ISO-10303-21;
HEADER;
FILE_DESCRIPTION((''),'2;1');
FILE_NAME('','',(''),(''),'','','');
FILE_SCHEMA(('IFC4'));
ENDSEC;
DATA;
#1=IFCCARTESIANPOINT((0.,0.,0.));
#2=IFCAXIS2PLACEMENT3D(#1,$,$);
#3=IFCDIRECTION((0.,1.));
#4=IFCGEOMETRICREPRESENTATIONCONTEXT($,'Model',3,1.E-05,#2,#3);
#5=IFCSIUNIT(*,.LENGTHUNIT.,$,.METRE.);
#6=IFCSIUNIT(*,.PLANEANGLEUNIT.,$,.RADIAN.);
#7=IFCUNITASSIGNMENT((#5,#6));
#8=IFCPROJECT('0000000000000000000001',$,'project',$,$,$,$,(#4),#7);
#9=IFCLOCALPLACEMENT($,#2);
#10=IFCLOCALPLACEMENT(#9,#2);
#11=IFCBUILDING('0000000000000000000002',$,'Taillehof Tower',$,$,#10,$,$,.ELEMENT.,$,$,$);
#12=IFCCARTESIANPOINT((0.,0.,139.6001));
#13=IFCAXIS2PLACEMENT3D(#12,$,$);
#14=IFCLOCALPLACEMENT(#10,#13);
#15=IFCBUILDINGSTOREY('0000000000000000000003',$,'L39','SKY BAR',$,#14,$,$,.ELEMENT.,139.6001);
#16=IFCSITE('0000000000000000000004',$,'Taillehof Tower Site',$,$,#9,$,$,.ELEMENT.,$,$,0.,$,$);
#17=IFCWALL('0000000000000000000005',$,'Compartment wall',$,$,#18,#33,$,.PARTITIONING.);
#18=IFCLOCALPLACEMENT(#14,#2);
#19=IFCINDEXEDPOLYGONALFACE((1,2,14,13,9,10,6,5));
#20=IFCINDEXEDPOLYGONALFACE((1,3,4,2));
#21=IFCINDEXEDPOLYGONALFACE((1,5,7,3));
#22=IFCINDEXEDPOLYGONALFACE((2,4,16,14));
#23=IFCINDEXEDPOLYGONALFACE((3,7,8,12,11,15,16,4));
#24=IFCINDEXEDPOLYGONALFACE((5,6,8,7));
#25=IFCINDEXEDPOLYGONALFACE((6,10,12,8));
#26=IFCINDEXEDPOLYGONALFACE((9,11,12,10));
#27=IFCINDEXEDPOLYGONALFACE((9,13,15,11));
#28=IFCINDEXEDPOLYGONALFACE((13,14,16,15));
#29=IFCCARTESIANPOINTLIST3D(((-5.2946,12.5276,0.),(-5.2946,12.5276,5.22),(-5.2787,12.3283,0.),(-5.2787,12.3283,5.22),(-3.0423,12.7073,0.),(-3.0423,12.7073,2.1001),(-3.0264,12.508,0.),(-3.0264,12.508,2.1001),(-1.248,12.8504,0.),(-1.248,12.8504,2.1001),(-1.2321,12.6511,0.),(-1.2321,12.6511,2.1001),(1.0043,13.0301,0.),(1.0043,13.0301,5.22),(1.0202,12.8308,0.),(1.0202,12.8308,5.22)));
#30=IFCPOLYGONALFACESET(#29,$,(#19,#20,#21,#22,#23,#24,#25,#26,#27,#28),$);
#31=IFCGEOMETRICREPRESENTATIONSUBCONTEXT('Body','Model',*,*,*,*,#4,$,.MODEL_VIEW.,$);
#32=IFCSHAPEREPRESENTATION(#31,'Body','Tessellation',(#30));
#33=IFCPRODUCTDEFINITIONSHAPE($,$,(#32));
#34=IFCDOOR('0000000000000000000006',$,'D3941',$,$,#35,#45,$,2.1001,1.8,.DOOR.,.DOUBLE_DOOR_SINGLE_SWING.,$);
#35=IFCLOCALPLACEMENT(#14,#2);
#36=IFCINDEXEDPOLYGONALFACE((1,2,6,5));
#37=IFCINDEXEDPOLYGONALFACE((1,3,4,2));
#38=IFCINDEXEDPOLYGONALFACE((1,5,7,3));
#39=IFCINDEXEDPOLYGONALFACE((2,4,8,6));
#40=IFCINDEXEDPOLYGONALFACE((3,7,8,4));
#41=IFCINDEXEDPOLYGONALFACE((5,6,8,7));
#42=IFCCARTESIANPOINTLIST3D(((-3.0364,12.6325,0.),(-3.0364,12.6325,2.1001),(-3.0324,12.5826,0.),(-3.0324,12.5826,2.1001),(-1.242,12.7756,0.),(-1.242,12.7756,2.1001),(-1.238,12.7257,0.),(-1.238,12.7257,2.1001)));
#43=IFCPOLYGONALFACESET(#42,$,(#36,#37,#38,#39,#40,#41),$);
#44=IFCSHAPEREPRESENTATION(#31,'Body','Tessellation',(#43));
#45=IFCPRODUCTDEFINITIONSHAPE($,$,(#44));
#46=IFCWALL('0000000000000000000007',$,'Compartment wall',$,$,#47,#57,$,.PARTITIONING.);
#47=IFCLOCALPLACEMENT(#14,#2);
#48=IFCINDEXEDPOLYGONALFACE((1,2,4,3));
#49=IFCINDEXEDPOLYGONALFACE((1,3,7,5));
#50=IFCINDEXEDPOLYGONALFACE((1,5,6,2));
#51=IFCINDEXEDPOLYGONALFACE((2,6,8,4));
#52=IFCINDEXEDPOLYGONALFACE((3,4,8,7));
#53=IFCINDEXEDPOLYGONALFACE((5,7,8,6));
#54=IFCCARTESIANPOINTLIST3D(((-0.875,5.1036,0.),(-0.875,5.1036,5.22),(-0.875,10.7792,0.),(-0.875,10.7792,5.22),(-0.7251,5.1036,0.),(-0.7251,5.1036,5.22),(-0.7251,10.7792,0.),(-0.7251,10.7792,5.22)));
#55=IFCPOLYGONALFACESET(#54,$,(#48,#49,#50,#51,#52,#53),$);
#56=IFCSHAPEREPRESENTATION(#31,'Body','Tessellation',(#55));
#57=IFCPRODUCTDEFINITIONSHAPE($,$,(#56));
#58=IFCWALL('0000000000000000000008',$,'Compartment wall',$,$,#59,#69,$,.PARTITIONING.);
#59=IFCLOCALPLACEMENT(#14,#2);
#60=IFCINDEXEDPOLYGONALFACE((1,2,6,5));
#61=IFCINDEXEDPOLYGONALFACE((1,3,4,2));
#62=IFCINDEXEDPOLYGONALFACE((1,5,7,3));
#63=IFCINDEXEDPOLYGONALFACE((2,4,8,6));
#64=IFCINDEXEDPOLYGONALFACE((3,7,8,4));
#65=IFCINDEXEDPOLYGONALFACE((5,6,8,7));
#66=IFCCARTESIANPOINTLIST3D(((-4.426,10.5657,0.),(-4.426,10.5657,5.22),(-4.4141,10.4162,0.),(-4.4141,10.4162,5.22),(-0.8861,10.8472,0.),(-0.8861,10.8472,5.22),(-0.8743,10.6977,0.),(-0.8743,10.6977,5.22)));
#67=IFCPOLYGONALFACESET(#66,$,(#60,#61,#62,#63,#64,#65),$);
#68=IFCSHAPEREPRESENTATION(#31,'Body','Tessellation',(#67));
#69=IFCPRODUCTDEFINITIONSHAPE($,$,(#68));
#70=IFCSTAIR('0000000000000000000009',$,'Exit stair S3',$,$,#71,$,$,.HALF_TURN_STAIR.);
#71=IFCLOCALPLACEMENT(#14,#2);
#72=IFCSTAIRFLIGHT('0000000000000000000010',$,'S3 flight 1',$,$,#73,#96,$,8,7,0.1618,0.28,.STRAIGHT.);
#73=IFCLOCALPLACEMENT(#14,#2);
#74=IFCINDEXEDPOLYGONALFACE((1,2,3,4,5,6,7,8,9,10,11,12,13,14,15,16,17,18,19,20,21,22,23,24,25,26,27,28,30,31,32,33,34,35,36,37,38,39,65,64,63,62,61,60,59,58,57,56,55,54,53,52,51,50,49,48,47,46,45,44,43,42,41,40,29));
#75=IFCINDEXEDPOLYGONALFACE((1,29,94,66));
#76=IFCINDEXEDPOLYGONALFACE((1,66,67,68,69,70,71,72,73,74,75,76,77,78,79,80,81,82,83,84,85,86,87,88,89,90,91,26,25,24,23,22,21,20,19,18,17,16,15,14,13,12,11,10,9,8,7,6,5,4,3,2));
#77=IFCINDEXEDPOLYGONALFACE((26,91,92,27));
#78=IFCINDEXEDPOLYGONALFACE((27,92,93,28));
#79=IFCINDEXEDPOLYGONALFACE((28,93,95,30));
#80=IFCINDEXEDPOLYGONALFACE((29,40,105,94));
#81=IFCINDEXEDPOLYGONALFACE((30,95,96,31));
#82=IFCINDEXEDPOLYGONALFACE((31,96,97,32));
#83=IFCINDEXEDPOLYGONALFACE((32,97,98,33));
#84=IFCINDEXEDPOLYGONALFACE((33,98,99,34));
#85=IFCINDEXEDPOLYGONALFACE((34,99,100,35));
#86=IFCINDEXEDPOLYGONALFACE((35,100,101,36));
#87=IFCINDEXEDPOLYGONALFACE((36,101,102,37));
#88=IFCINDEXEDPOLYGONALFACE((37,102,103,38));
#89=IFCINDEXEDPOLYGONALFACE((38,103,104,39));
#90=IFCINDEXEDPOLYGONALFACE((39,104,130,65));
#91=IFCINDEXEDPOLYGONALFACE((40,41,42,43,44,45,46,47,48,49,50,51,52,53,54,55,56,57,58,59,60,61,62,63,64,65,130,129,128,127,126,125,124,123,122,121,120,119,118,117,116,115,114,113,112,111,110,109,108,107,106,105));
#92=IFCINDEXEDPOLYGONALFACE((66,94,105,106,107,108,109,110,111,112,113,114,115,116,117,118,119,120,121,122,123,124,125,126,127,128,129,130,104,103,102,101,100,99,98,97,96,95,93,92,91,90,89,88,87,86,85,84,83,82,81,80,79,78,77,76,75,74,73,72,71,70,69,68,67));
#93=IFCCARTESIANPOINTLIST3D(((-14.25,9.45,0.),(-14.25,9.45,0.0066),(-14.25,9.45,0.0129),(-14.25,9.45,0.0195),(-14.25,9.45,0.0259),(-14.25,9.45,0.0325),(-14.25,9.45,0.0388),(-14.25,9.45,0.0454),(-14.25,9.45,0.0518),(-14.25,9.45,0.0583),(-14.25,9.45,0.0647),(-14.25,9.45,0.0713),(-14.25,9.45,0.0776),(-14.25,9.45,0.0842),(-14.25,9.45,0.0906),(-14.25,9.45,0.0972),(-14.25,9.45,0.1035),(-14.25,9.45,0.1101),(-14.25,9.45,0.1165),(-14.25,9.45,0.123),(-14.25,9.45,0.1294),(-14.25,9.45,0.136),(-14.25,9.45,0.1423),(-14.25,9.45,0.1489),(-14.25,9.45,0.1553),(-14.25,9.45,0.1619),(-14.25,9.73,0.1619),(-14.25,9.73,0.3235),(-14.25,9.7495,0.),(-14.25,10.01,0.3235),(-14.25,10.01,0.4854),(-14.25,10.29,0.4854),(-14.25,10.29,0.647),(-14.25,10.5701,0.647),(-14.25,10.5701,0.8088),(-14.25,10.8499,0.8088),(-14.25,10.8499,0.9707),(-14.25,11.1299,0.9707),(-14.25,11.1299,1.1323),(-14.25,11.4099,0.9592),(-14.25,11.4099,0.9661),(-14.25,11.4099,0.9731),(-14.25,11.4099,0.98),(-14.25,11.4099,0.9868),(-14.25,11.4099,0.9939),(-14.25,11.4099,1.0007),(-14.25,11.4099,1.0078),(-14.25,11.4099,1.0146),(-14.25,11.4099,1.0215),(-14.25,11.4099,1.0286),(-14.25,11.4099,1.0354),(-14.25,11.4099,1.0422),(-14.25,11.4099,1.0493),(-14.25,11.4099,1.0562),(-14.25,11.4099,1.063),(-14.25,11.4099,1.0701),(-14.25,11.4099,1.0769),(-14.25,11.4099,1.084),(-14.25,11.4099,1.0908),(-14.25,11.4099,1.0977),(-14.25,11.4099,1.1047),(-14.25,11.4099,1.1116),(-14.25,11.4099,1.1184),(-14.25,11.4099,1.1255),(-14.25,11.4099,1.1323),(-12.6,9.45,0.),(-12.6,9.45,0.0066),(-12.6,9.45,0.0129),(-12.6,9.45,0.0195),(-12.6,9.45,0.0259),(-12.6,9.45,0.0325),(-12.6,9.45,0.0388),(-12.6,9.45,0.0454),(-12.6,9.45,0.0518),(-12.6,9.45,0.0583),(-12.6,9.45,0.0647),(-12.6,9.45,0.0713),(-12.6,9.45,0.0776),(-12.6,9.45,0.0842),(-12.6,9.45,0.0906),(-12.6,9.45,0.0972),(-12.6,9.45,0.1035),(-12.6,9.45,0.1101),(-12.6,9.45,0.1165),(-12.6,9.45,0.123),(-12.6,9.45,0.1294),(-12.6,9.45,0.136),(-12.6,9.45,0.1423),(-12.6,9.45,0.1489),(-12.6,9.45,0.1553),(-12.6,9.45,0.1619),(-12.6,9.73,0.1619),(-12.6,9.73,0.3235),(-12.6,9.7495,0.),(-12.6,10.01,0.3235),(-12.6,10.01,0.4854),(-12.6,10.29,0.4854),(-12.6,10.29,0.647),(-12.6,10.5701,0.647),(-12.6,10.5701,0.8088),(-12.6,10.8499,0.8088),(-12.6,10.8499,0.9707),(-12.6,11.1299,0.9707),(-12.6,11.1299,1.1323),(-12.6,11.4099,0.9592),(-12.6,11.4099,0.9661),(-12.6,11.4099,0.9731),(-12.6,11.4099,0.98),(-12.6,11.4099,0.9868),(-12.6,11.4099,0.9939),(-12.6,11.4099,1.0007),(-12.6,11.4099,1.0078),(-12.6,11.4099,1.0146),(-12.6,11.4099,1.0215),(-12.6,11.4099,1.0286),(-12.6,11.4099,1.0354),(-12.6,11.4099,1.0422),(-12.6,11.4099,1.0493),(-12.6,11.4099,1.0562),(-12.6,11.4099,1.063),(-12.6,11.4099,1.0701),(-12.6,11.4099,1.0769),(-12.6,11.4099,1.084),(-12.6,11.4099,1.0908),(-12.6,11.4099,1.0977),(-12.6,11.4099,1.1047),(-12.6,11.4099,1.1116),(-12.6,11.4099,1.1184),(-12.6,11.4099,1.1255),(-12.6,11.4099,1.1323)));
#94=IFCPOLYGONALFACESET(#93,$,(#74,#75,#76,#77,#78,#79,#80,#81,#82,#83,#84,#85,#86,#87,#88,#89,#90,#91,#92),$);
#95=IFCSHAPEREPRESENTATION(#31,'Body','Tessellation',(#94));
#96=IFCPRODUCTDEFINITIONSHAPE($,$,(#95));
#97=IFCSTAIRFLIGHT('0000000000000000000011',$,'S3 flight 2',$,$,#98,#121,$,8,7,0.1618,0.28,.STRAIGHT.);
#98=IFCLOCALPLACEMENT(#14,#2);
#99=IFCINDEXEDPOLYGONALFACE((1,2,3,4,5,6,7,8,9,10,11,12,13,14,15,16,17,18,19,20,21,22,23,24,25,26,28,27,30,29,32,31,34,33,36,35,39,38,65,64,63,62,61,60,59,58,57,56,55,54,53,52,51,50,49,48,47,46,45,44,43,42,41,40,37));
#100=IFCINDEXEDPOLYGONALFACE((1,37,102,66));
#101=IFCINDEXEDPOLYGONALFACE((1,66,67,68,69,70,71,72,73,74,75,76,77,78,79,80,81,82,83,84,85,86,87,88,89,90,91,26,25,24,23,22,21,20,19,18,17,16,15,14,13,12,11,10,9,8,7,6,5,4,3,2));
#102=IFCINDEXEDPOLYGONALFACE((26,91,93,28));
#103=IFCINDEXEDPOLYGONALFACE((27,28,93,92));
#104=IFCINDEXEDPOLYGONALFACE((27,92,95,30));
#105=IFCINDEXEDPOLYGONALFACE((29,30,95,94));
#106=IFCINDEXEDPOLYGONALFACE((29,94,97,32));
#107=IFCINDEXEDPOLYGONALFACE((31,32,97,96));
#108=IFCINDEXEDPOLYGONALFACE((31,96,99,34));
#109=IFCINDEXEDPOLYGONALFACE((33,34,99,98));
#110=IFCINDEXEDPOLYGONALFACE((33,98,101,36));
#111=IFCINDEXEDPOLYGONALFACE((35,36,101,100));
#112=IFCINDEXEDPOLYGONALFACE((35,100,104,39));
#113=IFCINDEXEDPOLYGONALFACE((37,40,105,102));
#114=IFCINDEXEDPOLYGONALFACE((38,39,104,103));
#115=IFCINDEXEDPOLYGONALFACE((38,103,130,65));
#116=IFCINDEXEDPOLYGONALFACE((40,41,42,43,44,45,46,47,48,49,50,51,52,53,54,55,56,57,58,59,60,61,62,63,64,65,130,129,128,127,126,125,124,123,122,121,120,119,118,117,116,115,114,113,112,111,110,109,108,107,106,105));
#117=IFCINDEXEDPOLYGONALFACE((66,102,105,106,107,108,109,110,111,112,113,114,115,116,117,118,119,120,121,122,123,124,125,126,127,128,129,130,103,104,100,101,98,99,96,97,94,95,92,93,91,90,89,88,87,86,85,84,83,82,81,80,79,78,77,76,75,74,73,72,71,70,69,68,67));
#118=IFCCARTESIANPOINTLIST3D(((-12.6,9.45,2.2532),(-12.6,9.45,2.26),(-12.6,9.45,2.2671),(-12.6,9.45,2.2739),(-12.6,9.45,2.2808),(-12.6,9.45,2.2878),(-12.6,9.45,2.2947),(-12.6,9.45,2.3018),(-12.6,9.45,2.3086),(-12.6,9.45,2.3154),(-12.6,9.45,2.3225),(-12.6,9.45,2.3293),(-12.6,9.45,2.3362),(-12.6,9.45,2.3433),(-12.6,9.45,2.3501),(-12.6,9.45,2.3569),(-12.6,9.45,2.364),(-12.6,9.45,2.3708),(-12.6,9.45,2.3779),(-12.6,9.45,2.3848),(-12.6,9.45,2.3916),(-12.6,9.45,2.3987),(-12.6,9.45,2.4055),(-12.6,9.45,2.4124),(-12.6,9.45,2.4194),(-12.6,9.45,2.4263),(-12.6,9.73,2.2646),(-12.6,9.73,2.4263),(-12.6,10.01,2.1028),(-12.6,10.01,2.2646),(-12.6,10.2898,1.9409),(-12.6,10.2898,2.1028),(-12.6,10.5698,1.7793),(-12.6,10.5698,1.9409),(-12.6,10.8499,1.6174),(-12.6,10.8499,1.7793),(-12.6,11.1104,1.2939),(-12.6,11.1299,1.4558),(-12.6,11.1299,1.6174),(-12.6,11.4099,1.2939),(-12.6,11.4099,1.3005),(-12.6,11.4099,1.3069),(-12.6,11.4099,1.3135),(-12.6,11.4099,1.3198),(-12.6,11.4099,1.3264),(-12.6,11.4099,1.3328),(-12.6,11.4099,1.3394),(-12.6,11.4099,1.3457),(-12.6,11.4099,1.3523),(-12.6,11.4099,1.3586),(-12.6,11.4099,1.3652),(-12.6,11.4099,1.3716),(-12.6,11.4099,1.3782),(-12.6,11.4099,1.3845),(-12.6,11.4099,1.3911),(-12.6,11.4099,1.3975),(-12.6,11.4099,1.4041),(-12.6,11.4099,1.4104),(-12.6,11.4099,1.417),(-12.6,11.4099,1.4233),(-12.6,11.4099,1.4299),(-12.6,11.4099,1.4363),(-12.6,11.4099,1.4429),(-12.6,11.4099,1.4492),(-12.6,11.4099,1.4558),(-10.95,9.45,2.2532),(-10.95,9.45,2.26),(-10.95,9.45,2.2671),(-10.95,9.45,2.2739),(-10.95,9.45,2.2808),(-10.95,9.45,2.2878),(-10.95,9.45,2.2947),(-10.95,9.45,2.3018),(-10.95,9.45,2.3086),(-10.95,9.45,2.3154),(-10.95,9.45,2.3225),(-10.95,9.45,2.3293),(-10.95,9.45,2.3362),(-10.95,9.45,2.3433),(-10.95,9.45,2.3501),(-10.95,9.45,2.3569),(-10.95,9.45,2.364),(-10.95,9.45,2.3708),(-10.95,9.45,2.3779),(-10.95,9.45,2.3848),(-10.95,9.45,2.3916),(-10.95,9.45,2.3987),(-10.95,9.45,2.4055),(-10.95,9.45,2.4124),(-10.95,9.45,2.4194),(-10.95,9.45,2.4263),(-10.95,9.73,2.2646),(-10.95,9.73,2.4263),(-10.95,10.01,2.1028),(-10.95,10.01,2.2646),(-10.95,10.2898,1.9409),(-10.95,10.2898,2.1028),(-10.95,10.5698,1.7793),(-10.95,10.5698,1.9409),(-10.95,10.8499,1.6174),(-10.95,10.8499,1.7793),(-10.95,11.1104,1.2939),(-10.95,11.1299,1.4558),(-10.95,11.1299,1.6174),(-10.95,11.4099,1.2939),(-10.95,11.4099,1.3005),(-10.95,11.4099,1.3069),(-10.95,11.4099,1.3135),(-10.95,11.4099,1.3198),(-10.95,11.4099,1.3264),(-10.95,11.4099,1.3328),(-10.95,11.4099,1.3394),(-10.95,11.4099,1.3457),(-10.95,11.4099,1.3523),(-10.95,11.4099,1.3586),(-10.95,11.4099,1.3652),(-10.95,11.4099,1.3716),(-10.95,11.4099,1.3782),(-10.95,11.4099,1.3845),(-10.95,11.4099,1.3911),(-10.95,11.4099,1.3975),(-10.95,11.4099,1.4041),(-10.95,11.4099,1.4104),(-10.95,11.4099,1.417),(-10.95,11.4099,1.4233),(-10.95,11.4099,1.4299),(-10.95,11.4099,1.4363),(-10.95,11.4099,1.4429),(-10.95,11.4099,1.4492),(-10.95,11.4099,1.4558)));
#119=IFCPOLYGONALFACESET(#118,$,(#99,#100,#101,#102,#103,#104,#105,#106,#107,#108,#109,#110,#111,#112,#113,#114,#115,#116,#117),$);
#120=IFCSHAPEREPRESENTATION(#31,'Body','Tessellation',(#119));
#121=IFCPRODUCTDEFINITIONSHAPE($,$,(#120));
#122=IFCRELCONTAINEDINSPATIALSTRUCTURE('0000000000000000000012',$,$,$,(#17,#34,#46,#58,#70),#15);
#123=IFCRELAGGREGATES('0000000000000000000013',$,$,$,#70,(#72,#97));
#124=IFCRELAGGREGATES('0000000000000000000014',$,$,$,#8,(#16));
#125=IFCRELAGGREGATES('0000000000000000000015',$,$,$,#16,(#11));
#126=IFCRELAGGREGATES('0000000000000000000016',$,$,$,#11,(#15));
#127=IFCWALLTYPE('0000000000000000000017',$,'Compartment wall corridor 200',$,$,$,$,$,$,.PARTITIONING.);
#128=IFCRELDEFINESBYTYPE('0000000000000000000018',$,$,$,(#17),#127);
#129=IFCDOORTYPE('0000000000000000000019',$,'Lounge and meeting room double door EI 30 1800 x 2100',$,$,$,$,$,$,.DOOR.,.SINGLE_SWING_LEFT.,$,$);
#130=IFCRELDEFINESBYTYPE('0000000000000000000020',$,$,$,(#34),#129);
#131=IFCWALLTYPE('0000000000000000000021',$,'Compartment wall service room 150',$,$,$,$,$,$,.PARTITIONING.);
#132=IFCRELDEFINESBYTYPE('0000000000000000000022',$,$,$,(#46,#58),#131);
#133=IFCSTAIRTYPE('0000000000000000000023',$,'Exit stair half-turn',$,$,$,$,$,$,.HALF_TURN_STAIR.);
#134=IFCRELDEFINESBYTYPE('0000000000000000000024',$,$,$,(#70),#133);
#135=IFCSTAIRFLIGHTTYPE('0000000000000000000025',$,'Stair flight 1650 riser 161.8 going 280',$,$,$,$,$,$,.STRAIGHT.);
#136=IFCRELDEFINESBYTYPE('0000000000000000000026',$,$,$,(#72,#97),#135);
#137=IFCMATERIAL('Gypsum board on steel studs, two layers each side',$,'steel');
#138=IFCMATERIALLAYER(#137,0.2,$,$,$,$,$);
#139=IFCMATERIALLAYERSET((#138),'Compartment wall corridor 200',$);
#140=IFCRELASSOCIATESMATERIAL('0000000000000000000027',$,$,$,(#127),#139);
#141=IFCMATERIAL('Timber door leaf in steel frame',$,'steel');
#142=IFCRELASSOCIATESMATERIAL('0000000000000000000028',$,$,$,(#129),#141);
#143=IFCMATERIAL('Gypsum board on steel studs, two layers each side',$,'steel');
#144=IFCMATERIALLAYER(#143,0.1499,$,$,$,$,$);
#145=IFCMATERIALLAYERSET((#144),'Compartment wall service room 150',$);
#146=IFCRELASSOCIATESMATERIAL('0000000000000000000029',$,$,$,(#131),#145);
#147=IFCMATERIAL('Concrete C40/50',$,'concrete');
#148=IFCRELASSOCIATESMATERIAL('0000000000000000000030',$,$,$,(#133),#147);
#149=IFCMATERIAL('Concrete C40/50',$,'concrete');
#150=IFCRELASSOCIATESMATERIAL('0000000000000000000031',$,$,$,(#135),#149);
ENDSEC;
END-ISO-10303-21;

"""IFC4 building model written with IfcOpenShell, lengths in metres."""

from ifc_helpers import new_model, si_unit, direction, frame, frame_2d, origin, place, context, subcontext, project, spatial, polyline, rectangle, outline, extrude, material, layer, layer_set, type_object, element, fill, aggregate, save


model = new_model("IFC4")

# Units and contexts
model_context = context("Model", 3, precision=1e-05, world=origin(), true_north=direction((0.0, 1.0)))
body_context = subcontext(model_context, "Body", "Model", "MODEL_VIEW")
ifc_project = project(units=[si_unit("LENGTHUNIT", "METRE"), si_unit("PLANEANGLEUNIT", "RADIAN")], contexts=[model_context])

# Site, building, storey
site_placement = place(None, origin())
site = spatial("IfcSite", under=ifc_project, at=site_placement, Name="Taillehof Tower Site", CompositionType="ELEMENT", RefElevation=0.0)
building_placement = place(site_placement, origin())
building = spatial("IfcBuilding", under=site, at=building_placement, Name="Taillehof Tower", CompositionType="ELEMENT")
storey_placement = place(building_placement, frame((0.0, 0.0, 139.6001)))
storey = spatial("IfcBuildingStorey", under=building, at=storey_placement, Name="L39", Description="SKY BAR", CompositionType="ELEMENT", Elevation=139.6001)

# Shared definitions
ifc_material_1 = material(Name="Gypsum board on steel studs, two layers each side", Category="steel")
ifc_layer_1 = layer(ifc_material_1, 0.2)
ifc_layer_set_1 = layer_set([ifc_layer_1], Name="Compartment wall corridor 200")
wall_type_1 = type_object("IfcWallType", Name="Compartment wall corridor 200", PredefinedType="PARTITIONING", material=ifc_layer_set_1)

# Shared definitions
ifc_material_2 = material(Name="Timber door leaf in steel frame", Category="steel")
door_type = type_object("IfcDoorType", Name="Lounge and meeting room double door EI 30 1800 x 2100", OperationType="SINGLE_SWING_LEFT", PredefinedType="DOOR", material=ifc_material_2)

# Wall, opening, door
wall_1_placement = place(storey_placement, frame((-5.2866, 12.428, 0.0), z_axis=(0.0, 0.0, 1.0), x_axis=(0.996834, 0.079515, 0.0)))
wall_1 = element("IfcWall", 1, at=wall_1_placement, inside=storey, type_object=wall_type_1, Name="Compartment wall", PredefinedType="PARTITIONING", context=body_context, shape_type="SweptSolid", body=[
    extrude(rectangle(XDim=6.3188, YDim=0.2, at=frame_2d((3.1594, 0.0))), origin(), (0.0, 0.0, 1.0), 5.22),
])
opening_1_placement = place(wall_1_placement, frame((2.2595, 0.0, 0.0)))
opening_1 = element("IfcOpeningElement", 2, at=opening_1_placement, cuts=wall_1, PredefinedType="OPENING", context=body_context, shape_type="SweptSolid", body=[
    extrude(rectangle(XDim=1.8, YDim=2.1001, at=frame_2d((0.8999, 1.05))), frame((0.0, 0.1099, 0.0), z_axis=(0.0, -1.0, 0.0), x_axis=(1.0, 0.0, 0.0)), (0.0, 0.0, 1.0), 0.22),
])
door_1_placement = place(opening_1_placement, origin())
door_1 = element("IfcDoor", 3, at=door_1_placement, inside=storey, type_object=door_type, Name="D3941", OperationType="DOUBLE_DOOR_SINGLE_SWING", OverallHeight=2.1001, OverallWidth=1.8, PredefinedType="DOOR", context=body_context, shape_type="SweptSolid", body=[
    extrude(rectangle(XDim=1.8, YDim=2.1001, at=frame_2d((0.8999, 1.05))), frame((0.0, 0.0249, 0.0), z_axis=(0.0, -1.0, 0.0), x_axis=(1.0, 0.0, 0.0)), (0.0, 0.0, 1.0), 0.05),
])
fill(opening_1, door_1)

# Walls
ifc_material_3 = material(Name="Gypsum board on steel studs, two layers each side", Category="steel")
ifc_layer_2 = layer(ifc_material_3, 0.1499)
ifc_layer_set_2 = layer_set([ifc_layer_2], Name="Compartment wall service room 150")
wall_type_2 = type_object("IfcWallType", Name="Compartment wall service room 150", PredefinedType="PARTITIONING", material=ifc_layer_set_2)
wall_2_placement = place(storey_placement, frame((-0.8, 10.7793, 0.0), z_axis=(0.0, 0.0, 1.0), x_axis=(0.0, -1.0, 0.0)))
element("IfcWall", 4, at=wall_2_placement, inside=storey, type_object=wall_type_2, Name="Compartment wall", PredefinedType="PARTITIONING", context=body_context, shape_type="SweptSolid", body=[
    extrude(rectangle(XDim=5.6755, YDim=0.1499, at=frame_2d((2.8379, 0.0))), origin(), (0.0, 0.0, 1.0), 5.22),
])
wall_3_placement = place(storey_placement, frame((-4.4199, 10.491, 0.0), z_axis=(0.0, 0.0, 1.0), x_axis=(0.996853, 0.079272, 0.0)))
element("IfcWall", 5, at=wall_3_placement, inside=storey, type_object=wall_type_2, Name="Compartment wall", PredefinedType="PARTITIONING", context=body_context, shape_type="SweptSolid", body=[
    extrude(rectangle(XDim=3.551, YDim=0.1499, at=frame_2d((1.7754, 0.0))), origin(), (0.0, 0.0, 1.0), 5.22),
])

# Stair, stair flights
ifc_material_4 = material(Name="Concrete C40/50", Category="concrete")
stair_type = type_object("IfcStairType", Name="Exit stair half-turn", PredefinedType="HALF_TURN_STAIR", material=ifc_material_4)
stair_placement = place(storey_placement, origin())
stair = element("IfcStair", 6, at=stair_placement, inside=storey, type_object=stair_type, Name="Exit stair S3", PredefinedType="HALF_TURN_STAIR")
ifc_material_5 = material(Name="Concrete C40/50", Category="concrete")
stair_flight_type = type_object("IfcStairFlightType", Name="Stair flight 1650 riser 161.8 going 280", PredefinedType="STRAIGHT", material=ifc_material_5)
stair_flight_1_placement = place(storey_placement, frame((-13.425, 9.45, 0.0), z_axis=(0.0, 0.0, 1.0), x_axis=(0.0, 1.0, 0.0)))
stair_flight_1 = element("IfcStairFlight", 7, at=stair_flight_1_placement, type_object=stair_flight_type, Name="S3 flight 1", NumberOfRisers=8, NumberOfTreads=7, PredefinedType="STRAIGHT", RiserHeight=0.1618, TreadLength=0.28, context=body_context, shape_type="SweptSolid", body=[
    extrude(outline(polyline([(0.0, 0.0), (0.0, 0.0066), (0.0, 0.0129), (0.0, 0.0195), (0.0, 0.0259), (0.0, 0.0325), (0.0, 0.0388), (0.0, 0.0454), (0.0, 0.0518), (0.0, 0.0583), (0.0, 0.0647), (0.0, 0.0713), (0.0, 0.0776), (0.0, 0.0842), (0.0, 0.0906), (0.0, 0.0972), (0.0, 0.1035), (0.0, 0.1101), (0.0, 0.1165), (0.0, 0.123), (0.0, 0.1294), (0.0, 0.136), (0.0, 0.1423), (0.0, 0.1489), (0.0, 0.1553), (0.0, 0.1619), (0.28, 0.1619), (0.28, 0.3235), (0.5601, 0.3235), (0.5601, 0.4854), (0.8401, 0.4854), (0.8401, 0.647), (1.1201, 0.647), (1.1201, 0.8088), (1.3999, 0.8088), (1.3999, 0.9707), (1.6799, 0.9707), (1.6799, 1.1323), (1.96, 1.1323), (1.96, 1.1255), (1.96, 1.1184), (1.96, 1.1116), (1.96, 1.1047), (1.96, 1.0977), (1.96, 1.0908), (1.96, 1.084), (1.96, 1.0769), (1.96, 1.0701), (1.96, 1.063), (1.96, 1.0562), (1.96, 1.0493), (1.96, 1.0422), (1.96, 1.0354), (1.96, 1.0286), (1.96, 1.0215), (1.96, 1.0146), (1.96, 1.0078), (1.96, 1.0007), (1.96, 0.9939), (1.96, 0.9868), (1.96, 0.98), (1.96, 0.9731), (1.96, 0.9661), (1.96, 0.9592), (0.2996, 0.0), (0.0, 0.0)])), frame((0.0, 0.825, 0.0), z_axis=(0.0, -1.0, 0.0), x_axis=(1.0, 0.0, 0.0)), (0.0, 0.0, 1.0), 1.65),
])
stair_flight_2_placement = place(storey_placement, frame((-11.7749, 11.4099, 1.2939), z_axis=(0.0, 0.0, 1.0), x_axis=(0.0, -1.0, 0.0)))
stair_flight_2 = element("IfcStairFlight", 8, at=stair_flight_2_placement, type_object=stair_flight_type, Name="S3 flight 2", NumberOfRisers=8, NumberOfTreads=7, PredefinedType="STRAIGHT", RiserHeight=0.1618, TreadLength=0.28, context=body_context, shape_type="SweptSolid", body=[
    extrude(outline(polyline([(0.0, 0.0), (0.0, 0.0066), (0.0, 0.0129), (0.0, 0.0195), (0.0, 0.0259), (0.0, 0.0325), (0.0, 0.0388), (0.0, 0.0454), (0.0, 0.0518), (0.0, 0.0583), (0.0, 0.0647), (0.0, 0.0713), (0.0, 0.0776), (0.0, 0.0842), (0.0, 0.0906), (0.0, 0.0972), (0.0, 0.1035), (0.0, 0.1101), (0.0, 0.1165), (0.0, 0.123), (0.0, 0.1294), (0.0, 0.136), (0.0, 0.1423), (0.0, 0.1489), (0.0, 0.1553), (0.0, 0.1619), (0.28, 0.1619), (0.28, 0.3235), (0.5601, 0.3235), (0.5601, 0.4854), (0.8401, 0.4854), (0.8401, 0.647), (1.1201, 0.647), (1.1201, 0.8088), (1.3999, 0.8088), (1.3999, 0.9707), (1.6799, 0.9707), (1.6799, 1.1323), (1.96, 1.1323), (1.96, 1.1255), (1.96, 1.1184), (1.96, 1.1116), (1.96, 1.1047), (1.96, 1.0977), (1.96, 1.0908), (1.96, 1.084), (1.96, 1.0769), (1.96, 1.0701), (1.96, 1.063), (1.96, 1.0562), (1.96, 1.0493), (1.96, 1.0422), (1.96, 1.0354), (1.96, 1.0286), (1.96, 1.0215), (1.96, 1.0146), (1.96, 1.0078), (1.96, 1.0007), (1.96, 0.9939), (1.96, 0.9868), (1.96, 0.98), (1.96, 0.9731), (1.96, 0.9661), (1.96, 0.9592), (0.2996, 0.0), (0.0, 0.0)])), frame((0.0, 0.825, 0.0), z_axis=(0.0, -1.0, 0.0), x_axis=(1.0, 0.0, 0.0)), (0.0, 0.0, 1.0), 1.65),
])
aggregate(stair, [stair_flight_1, stair_flight_2])

save(model, "model.ifc")
